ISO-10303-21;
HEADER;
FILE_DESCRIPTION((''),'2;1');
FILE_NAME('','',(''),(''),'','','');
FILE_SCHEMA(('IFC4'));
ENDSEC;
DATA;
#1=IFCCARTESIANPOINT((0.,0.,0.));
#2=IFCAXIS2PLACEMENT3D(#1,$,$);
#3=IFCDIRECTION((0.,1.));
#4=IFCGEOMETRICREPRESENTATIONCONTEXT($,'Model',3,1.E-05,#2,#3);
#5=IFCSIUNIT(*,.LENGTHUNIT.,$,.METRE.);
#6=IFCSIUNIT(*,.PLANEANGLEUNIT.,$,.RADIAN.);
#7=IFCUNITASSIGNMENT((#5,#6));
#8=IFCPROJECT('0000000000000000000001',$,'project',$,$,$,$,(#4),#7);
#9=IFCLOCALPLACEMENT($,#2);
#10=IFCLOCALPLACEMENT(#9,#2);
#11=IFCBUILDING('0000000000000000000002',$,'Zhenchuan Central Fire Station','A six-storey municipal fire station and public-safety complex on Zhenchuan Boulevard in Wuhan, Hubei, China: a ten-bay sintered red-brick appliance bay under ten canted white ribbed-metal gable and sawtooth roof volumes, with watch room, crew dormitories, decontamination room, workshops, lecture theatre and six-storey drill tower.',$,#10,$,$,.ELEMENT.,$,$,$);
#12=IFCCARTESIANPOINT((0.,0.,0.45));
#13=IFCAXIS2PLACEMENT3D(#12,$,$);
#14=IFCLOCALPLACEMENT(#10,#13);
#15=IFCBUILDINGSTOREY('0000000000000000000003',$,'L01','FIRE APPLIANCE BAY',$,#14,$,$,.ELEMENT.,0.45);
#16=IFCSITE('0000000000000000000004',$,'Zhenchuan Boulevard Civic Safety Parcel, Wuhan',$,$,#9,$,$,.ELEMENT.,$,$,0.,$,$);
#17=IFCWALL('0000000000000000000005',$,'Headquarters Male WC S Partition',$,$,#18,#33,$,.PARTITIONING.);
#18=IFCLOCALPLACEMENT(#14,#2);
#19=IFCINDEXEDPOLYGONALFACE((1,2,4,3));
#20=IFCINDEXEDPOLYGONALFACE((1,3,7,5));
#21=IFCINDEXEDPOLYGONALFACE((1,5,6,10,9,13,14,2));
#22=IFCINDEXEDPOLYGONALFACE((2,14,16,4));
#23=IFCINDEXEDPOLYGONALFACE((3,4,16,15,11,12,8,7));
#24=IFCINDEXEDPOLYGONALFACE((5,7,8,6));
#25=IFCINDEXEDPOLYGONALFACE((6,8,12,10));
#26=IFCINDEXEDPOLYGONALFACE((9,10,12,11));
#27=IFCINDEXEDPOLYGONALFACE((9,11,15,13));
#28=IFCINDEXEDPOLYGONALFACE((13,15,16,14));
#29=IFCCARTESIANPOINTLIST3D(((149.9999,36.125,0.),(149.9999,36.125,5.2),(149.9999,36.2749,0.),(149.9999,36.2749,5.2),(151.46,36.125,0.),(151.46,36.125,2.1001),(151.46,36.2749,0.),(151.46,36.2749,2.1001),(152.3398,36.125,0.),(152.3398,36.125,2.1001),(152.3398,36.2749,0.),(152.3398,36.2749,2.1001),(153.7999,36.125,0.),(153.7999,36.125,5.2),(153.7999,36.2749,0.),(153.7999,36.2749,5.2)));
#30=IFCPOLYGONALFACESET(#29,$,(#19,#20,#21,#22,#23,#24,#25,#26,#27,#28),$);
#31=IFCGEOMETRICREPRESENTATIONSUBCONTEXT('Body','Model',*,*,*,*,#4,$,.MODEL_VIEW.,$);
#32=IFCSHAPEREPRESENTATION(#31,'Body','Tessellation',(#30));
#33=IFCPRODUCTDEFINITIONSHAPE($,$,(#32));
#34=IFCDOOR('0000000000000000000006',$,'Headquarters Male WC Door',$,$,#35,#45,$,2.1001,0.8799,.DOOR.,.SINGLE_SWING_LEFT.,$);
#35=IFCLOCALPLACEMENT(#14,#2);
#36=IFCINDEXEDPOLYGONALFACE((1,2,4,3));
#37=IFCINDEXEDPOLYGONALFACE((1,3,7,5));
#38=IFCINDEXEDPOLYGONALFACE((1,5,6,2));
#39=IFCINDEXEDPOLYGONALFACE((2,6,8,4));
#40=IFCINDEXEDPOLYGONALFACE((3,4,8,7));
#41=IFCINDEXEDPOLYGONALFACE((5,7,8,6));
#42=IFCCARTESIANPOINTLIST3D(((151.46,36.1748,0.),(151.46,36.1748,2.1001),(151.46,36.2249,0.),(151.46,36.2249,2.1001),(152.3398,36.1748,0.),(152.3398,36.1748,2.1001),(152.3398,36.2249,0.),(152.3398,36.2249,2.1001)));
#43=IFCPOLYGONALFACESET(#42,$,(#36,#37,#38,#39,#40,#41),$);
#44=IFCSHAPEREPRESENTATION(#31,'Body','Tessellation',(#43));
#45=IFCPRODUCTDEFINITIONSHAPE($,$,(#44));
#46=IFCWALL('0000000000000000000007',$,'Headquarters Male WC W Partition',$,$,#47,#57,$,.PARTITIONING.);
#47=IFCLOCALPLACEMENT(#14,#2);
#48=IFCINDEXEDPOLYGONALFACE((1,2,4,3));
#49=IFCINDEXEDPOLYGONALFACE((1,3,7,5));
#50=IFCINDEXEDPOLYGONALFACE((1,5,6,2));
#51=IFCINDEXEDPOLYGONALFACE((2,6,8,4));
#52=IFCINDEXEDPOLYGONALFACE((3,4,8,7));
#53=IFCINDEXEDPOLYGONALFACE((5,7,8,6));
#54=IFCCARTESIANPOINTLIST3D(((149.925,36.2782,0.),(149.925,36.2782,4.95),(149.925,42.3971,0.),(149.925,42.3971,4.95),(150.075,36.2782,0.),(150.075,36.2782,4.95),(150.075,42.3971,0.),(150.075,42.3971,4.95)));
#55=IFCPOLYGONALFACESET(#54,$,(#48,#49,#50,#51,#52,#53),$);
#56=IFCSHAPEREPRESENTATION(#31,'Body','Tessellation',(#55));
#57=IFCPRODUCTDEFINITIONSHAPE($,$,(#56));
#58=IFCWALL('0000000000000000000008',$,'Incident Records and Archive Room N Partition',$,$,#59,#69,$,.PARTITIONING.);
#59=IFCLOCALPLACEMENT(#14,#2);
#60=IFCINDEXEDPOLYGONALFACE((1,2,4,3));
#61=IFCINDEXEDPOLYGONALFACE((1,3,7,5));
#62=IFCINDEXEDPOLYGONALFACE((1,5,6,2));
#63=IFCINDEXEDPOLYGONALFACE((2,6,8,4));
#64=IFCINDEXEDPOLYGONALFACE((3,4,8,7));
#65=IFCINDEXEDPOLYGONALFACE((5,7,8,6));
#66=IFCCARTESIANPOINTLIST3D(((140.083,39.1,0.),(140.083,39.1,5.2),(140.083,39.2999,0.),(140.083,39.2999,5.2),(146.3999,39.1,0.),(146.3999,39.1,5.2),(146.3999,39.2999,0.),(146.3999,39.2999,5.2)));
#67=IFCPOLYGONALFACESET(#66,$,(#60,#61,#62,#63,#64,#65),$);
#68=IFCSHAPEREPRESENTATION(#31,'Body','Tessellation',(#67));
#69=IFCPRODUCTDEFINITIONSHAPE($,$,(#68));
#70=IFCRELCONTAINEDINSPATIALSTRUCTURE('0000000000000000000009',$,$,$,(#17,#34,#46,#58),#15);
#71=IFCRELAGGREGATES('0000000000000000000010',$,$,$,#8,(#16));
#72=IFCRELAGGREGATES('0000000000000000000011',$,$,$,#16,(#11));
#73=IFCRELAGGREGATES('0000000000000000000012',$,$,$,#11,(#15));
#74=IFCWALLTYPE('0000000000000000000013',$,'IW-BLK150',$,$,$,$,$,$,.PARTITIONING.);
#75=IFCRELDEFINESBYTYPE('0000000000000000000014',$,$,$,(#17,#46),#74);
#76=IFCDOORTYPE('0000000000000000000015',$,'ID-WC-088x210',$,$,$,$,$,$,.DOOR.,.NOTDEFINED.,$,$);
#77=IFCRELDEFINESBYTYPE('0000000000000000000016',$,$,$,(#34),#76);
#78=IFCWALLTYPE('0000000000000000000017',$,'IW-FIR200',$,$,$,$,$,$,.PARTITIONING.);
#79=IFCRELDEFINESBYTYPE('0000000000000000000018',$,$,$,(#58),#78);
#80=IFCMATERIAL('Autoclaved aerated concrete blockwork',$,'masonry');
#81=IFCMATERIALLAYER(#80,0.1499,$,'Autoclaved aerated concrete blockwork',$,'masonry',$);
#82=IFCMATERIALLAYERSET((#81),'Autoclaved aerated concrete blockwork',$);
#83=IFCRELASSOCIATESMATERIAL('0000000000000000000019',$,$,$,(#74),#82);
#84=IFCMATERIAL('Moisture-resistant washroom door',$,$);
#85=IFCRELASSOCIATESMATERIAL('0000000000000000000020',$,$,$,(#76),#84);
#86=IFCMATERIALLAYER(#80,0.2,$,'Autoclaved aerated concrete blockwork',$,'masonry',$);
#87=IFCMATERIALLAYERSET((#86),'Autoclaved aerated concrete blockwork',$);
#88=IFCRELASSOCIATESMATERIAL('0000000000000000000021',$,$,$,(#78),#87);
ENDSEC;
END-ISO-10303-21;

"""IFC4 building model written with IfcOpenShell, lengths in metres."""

from ifc_helpers import new_model, si_unit, direction, frame, frame_2d, origin, place, context, subcontext, project, spatial, rectangle, extrude, material, layer, layer_set, type_object, element, fill, save


model = new_model("IFC4")

# Units and contexts
model_context = context("Model", 3, precision=1e-05, world=origin(), true_north=direction((0.0, 1.0)))
body_context = subcontext(model_context, "Body", "Model", "MODEL_VIEW")
ifc_project = project(units=[si_unit("LENGTHUNIT", "METRE"), si_unit("PLANEANGLEUNIT", "RADIAN")], contexts=[model_context])

# Site, building, storey
site_placement = place(None, origin())
site = spatial("IfcSite", under=ifc_project, at=site_placement, Name="Zhenchuan Boulevard Civic Safety Parcel, Wuhan", CompositionType="ELEMENT", RefElevation=0.0)
building_placement = place(site_placement, origin())
building = spatial("IfcBuilding", under=site, at=building_placement, Name="Zhenchuan Central Fire Station", Description="A six-storey municipal fire station and public-safety complex on Zhenchuan Boulevard in Wuhan, Hubei, China: a ten-bay sintered red-brick appliance bay under ten canted white ribbed-metal gable and sawtooth roof volumes, with watch room, crew dormitories, decontamination room, workshops, lecture theatre and six-storey drill tower.", CompositionType="ELEMENT")
storey_placement = place(building_placement, frame((0.0, 0.0, 0.45)))
storey = spatial("IfcBuildingStorey", under=building, at=storey_placement, Name="L01", Description="FIRE APPLIANCE BAY", CompositionType="ELEMENT", Elevation=0.45)

# Wall, opening, door
ifc_material_1 = material(Name="Autoclaved aerated concrete blockwork", Category="masonry")
ifc_layer_1 = layer(ifc_material_1, 0.1499, Name="Autoclaved aerated concrete blockwork", Category="masonry")
ifc_layer_set_1 = layer_set([ifc_layer_1], Name="Autoclaved aerated concrete blockwork")
wall_type_1 = type_object("IfcWallType", Name="IW-BLK150", PredefinedType="PARTITIONING", material=ifc_layer_set_1)
wall_1_placement = place(storey_placement, frame((150.0, 36.2, 0.0), z_axis=(0.0, 0.0, 1.0), x_axis=(1.0, 0.0, 0.0)))
wall_1 = element("IfcWall", 1, at=wall_1_placement, inside=storey, type_object=wall_type_1, Name="Headquarters Male WC S Partition", PredefinedType="PARTITIONING", context=body_context, shape_type="SweptSolid", body=[
    extrude(rectangle(XDim=3.8, YDim=0.1499, at=frame_2d((1.8999, 0.0))), origin(), (0.0, 0.0, 1.0), 5.2),
])
opening_placement = place(wall_1_placement, frame((1.46, 0.0, 0.0)))
opening = element("IfcOpeningElement", 2, at=opening_placement, cuts=wall_1, PredefinedType="OPENING", context=body_context, shape_type="SweptSolid", body=[
    extrude(rectangle(XDim=0.8799, YDim=2.1001, at=frame_2d((0.4399, 1.05))), frame((0.0, 0.085, 0.0), z_axis=(0.0, -1.0, 0.0), x_axis=(1.0, 0.0, 0.0)), (0.0, 0.0, 1.0), 0.1699),
])
ifc_material_2 = material(Name="Moisture-resistant washroom door")
door_type = type_object("IfcDoorType", Name="ID-WC-088x210", OperationType="NOTDEFINED", PredefinedType="DOOR", material=ifc_material_2)
door_placement = place(opening_placement, origin())
door = element("IfcDoor", 3, at=door_placement, inside=storey, type_object=door_type, Name="Headquarters Male WC Door", OperationType="SINGLE_SWING_LEFT", OverallHeight=2.1001, OverallWidth=0.8799, PredefinedType="DOOR", context=body_context, shape_type="SweptSolid", body=[
    extrude(rectangle(XDim=0.8799, YDim=2.1001, at=frame_2d((0.4399, 1.05))), frame((0.0, 0.0249, 0.0), z_axis=(0.0, -1.0, 0.0), x_axis=(1.0, 0.0, 0.0)), (0.0, 0.0, 1.0), 0.05),
])
fill(opening, door)

# Walls
wall_2_placement = place(storey_placement, frame((150.0, 36.2781, 0.0), z_axis=(0.0, 0.0, 1.0), x_axis=(0.0, 1.0, 0.0)))
element("IfcWall", 4, at=wall_2_placement, inside=storey, type_object=wall_type_1, Name="Headquarters Male WC W Partition", PredefinedType="PARTITIONING", context=body_context, shape_type="SweptSolid", body=[
    extrude(rectangle(XDim=6.1189, YDim=0.1499, at=frame_2d((3.0596, 0.0))), origin(), (0.0, 0.0, 1.0), 4.95),
])
ifc_layer_2 = layer(ifc_material_1, 0.2, Name="Autoclaved aerated concrete blockwork", Category="masonry")
ifc_layer_set_2 = layer_set([ifc_layer_2], Name="Autoclaved aerated concrete blockwork")
wall_type_2 = type_object("IfcWallType", Name="IW-FIR200", PredefinedType="PARTITIONING", material=ifc_layer_set_2)
wall_3_placement = place(storey_placement, frame((140.083, 39.2, 0.0), z_axis=(0.0, 0.0, 1.0), x_axis=(1.0, 0.0, 0.0)))
element("IfcWall", 5, at=wall_3_placement, inside=storey, type_object=wall_type_2, Name="Incident Records and Archive Room N Partition", PredefinedType="PARTITIONING", context=body_context, shape_type="SweptSolid", body=[
    extrude(rectangle(XDim=6.3169, YDim=0.2, at=frame_2d((3.1584, 0.0))), origin(), (0.0, 0.0, 1.0), 5.2),
])

save(model, "model.ifc")
